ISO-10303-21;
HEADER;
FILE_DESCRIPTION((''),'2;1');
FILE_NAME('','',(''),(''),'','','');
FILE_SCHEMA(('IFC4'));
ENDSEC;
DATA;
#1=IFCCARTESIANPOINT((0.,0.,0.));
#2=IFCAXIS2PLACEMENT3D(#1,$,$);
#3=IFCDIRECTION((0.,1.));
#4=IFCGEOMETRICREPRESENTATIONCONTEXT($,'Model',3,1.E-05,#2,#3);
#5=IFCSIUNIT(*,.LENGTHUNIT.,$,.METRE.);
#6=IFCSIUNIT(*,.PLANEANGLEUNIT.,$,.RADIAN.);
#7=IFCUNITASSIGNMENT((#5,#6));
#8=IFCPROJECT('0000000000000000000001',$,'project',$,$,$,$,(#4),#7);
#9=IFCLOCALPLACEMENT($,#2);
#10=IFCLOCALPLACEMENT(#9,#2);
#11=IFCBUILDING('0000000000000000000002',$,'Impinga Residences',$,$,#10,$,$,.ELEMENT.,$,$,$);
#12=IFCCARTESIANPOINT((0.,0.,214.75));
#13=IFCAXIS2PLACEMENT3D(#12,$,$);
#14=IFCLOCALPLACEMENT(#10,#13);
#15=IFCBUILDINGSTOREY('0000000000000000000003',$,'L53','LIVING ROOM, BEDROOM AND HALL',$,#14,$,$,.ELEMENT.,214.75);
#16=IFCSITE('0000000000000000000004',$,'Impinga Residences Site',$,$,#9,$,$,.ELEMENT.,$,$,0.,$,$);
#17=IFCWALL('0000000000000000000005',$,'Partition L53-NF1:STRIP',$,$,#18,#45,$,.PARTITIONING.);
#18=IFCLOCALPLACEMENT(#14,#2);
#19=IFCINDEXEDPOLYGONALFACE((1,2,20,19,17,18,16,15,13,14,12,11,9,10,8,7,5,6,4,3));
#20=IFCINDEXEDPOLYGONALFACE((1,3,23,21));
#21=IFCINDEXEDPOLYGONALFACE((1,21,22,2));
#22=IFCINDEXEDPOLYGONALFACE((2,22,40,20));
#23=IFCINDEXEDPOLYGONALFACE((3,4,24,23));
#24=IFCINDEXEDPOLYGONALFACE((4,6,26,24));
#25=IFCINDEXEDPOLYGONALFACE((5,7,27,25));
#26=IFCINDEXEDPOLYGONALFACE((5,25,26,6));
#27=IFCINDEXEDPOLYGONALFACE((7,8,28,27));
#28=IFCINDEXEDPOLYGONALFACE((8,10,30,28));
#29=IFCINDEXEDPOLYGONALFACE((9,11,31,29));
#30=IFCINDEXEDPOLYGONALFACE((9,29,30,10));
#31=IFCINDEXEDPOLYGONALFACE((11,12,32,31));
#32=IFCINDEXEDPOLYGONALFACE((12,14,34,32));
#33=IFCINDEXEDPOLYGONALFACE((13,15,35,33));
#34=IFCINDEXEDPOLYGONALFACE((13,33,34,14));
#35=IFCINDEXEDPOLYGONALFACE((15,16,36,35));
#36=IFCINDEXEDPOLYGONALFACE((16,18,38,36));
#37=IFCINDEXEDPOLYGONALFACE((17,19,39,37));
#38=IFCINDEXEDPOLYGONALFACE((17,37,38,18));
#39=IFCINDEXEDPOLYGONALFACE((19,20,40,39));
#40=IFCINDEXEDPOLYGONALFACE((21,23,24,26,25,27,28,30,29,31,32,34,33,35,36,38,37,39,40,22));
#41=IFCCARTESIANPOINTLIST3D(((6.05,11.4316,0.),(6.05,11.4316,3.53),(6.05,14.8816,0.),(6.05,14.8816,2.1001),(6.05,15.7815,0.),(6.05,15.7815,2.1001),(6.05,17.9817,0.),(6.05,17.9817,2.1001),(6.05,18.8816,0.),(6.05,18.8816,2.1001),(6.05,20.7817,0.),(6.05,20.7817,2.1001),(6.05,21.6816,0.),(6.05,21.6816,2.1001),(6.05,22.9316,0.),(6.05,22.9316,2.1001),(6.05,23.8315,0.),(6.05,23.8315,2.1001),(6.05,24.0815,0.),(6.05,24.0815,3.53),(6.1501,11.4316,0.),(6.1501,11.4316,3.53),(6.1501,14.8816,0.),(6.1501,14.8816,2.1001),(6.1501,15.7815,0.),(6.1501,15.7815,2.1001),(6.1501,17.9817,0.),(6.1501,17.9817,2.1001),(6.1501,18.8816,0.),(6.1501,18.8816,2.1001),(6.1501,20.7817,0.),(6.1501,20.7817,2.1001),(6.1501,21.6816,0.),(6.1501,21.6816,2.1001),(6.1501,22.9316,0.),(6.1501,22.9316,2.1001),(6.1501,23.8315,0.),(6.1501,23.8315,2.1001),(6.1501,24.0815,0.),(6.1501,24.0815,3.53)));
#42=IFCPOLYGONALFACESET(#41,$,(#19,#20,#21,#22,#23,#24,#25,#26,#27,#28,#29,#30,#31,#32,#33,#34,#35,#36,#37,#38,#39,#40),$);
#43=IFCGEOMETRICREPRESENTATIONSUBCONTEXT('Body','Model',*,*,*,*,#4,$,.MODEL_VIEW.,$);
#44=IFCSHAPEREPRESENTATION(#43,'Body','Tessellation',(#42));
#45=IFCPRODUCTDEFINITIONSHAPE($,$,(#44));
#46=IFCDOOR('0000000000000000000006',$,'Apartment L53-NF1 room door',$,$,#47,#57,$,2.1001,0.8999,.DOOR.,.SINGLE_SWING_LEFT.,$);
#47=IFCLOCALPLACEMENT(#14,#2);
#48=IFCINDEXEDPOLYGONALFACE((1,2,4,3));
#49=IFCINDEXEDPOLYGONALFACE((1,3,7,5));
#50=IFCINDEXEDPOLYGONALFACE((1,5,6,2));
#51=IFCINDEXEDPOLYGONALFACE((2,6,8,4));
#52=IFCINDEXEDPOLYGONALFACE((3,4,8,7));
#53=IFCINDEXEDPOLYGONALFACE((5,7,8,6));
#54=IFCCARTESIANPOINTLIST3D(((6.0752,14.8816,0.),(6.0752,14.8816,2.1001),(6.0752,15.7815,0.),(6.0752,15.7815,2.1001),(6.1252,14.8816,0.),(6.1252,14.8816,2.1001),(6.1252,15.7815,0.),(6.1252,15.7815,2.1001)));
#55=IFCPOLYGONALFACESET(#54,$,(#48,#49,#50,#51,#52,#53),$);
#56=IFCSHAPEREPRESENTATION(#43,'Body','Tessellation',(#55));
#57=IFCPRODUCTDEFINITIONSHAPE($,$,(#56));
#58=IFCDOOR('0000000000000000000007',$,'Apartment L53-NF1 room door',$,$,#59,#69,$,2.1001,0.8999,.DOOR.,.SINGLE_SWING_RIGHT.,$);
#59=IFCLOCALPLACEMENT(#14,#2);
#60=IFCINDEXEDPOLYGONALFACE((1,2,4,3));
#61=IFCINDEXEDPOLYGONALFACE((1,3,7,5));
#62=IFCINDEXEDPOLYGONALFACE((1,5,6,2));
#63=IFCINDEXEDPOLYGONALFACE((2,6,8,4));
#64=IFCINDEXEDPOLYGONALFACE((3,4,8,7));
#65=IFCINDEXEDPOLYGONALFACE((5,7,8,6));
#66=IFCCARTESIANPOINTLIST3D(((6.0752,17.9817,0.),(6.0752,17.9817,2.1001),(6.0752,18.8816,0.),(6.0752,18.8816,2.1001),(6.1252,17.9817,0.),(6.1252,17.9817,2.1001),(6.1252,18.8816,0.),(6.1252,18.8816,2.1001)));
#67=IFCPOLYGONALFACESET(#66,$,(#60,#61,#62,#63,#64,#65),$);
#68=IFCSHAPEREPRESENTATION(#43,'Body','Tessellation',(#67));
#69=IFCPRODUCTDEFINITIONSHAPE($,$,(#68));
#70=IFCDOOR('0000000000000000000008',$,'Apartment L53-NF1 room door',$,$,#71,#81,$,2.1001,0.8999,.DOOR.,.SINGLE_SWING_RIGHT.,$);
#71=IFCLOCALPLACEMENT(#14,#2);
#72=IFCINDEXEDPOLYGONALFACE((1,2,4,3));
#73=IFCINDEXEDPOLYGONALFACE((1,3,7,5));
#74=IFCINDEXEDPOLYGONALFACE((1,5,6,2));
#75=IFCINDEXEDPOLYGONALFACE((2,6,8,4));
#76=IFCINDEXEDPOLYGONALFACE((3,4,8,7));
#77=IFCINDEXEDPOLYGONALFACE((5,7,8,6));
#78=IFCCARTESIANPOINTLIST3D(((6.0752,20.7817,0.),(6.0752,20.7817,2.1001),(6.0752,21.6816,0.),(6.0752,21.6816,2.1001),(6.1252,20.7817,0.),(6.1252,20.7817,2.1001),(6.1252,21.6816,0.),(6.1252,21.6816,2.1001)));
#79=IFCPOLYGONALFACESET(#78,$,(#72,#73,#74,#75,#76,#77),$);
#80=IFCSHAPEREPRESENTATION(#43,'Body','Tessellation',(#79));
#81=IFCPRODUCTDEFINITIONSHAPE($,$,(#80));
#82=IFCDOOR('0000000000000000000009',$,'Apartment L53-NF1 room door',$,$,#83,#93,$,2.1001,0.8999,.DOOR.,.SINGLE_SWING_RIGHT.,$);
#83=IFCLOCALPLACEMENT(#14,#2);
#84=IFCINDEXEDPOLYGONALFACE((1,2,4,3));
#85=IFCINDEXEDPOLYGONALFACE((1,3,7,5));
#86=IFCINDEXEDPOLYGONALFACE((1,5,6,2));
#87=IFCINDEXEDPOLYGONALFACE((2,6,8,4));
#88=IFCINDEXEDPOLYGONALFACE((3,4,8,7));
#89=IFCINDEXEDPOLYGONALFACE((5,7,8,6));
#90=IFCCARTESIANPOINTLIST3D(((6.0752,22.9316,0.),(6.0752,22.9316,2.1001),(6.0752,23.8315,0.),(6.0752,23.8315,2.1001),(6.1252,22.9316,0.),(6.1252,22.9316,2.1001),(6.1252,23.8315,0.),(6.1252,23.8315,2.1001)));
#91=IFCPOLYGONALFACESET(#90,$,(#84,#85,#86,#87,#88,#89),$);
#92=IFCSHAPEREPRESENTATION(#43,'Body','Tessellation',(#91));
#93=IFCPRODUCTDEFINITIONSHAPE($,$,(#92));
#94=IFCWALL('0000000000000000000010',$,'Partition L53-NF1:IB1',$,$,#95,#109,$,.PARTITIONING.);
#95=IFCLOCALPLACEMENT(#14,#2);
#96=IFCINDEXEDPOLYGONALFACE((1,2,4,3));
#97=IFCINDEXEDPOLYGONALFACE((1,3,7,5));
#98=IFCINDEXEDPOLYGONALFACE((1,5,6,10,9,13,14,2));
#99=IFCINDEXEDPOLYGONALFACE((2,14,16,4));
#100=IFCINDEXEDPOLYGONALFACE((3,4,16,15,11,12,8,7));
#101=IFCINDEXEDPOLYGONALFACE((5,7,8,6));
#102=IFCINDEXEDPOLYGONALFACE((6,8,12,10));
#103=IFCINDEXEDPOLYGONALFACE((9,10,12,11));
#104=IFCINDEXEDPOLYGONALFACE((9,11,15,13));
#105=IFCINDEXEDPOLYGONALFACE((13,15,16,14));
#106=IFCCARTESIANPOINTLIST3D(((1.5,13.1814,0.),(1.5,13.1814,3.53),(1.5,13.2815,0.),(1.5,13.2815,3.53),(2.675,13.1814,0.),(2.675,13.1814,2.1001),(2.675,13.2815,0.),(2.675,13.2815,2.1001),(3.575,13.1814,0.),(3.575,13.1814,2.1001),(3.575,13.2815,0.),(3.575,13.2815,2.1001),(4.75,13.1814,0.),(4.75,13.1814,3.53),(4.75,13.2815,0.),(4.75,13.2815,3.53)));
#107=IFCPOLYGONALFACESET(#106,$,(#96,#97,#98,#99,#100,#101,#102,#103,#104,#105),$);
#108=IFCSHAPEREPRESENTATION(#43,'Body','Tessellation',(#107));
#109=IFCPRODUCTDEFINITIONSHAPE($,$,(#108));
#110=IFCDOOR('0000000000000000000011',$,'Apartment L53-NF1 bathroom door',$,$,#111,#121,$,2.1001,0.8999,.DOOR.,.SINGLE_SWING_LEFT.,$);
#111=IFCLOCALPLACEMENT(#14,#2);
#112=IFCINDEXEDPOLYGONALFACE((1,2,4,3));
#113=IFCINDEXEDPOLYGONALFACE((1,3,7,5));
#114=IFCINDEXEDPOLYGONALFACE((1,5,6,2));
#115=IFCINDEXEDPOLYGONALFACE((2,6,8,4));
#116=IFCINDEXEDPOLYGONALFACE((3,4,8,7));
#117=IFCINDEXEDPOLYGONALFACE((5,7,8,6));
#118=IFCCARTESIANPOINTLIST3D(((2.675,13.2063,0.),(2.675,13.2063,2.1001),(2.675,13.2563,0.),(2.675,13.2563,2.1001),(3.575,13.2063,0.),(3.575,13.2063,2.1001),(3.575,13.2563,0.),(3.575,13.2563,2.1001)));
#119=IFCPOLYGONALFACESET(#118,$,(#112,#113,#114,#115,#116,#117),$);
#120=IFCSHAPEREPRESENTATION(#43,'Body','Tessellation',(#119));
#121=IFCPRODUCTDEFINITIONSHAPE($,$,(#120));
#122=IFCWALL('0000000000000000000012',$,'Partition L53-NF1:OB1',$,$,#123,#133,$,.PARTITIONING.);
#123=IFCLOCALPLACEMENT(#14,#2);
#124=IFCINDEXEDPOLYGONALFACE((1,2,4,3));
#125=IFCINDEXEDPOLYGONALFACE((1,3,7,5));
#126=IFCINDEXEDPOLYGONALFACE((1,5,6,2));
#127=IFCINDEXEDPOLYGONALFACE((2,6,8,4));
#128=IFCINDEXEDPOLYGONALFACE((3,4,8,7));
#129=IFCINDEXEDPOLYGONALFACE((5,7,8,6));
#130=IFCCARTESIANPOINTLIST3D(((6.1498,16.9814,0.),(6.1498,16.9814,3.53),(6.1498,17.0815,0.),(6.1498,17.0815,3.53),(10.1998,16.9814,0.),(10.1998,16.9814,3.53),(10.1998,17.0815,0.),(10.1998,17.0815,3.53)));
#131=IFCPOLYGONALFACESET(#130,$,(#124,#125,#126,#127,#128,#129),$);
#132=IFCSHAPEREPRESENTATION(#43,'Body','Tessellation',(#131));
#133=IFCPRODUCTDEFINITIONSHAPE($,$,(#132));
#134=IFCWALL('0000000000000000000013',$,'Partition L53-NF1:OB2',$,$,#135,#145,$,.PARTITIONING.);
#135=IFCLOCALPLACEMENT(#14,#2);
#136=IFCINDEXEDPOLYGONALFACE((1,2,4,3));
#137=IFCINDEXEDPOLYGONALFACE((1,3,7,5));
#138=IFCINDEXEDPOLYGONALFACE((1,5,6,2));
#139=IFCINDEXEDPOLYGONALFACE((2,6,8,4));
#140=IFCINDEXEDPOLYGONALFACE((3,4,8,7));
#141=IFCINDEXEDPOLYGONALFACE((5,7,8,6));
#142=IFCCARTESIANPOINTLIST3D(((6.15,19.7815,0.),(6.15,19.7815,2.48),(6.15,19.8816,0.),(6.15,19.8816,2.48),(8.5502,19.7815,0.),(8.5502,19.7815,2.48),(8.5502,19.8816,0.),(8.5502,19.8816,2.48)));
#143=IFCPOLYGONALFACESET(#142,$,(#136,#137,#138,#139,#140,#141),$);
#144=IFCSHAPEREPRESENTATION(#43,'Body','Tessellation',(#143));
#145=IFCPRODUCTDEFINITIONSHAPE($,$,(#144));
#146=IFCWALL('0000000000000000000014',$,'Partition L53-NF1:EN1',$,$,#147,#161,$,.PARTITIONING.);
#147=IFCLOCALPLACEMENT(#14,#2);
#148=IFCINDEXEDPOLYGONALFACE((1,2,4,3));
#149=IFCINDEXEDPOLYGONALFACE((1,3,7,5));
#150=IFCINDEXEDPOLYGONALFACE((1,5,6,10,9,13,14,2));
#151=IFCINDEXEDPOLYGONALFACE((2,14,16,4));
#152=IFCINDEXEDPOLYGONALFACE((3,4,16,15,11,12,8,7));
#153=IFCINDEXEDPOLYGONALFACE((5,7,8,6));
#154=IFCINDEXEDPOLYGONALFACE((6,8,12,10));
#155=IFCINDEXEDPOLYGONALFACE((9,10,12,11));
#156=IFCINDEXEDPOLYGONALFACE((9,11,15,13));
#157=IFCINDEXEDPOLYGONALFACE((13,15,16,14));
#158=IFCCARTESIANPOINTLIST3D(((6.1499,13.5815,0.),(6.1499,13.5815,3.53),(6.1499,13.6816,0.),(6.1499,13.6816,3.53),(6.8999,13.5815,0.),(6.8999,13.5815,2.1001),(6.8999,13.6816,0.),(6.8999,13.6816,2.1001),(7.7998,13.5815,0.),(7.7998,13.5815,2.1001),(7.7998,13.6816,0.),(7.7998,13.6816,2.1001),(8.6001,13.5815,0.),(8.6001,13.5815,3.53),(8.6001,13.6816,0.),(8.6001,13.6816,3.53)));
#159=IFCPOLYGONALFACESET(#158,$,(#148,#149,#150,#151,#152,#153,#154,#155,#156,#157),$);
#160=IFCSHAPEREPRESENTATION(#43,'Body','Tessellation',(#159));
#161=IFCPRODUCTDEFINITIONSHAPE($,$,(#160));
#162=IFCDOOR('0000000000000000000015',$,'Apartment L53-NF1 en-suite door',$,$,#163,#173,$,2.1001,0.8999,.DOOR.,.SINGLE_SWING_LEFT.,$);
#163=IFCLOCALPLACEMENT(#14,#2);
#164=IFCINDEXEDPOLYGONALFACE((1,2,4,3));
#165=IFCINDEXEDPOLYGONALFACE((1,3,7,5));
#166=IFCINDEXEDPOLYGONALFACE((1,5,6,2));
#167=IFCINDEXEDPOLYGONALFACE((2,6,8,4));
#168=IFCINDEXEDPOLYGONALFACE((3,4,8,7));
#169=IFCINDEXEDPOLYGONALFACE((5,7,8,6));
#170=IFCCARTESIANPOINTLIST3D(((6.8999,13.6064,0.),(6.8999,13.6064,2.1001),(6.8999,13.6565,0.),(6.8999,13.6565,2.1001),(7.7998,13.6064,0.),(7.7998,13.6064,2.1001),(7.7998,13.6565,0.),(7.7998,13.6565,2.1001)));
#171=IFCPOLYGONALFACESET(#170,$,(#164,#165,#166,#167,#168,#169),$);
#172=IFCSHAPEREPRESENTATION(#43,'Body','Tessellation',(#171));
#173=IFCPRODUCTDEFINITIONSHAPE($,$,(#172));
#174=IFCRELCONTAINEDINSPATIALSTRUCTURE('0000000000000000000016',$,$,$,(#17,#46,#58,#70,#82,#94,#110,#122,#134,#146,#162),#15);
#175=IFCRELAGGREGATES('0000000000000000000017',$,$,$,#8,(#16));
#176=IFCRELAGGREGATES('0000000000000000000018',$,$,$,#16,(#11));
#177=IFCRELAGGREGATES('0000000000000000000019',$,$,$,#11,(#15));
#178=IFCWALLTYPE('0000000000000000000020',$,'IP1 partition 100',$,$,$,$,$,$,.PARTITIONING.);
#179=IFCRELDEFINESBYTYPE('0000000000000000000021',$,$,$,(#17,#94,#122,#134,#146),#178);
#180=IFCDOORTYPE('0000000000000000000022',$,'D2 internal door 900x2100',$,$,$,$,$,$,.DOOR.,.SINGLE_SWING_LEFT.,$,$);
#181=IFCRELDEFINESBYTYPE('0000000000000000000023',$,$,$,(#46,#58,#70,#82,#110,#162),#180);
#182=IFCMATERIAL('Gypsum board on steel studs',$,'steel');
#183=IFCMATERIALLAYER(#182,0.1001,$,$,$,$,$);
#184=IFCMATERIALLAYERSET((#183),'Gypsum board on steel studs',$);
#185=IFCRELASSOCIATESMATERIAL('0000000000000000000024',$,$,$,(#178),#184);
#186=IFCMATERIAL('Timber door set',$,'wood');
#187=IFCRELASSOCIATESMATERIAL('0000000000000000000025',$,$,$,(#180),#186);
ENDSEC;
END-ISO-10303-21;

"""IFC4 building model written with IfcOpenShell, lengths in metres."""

from ifc_helpers import new_model, si_unit, direction, frame, frame_2d, origin, place, context, subcontext, project, spatial, rectangle, extrude, material, layer, layer_set, type_object, element, fill, save


model = new_model("IFC4")

# Units and contexts
model_context = context("Model", 3, precision=1e-05, world=origin(), true_north=direction((0.0, 1.0)))
body_context = subcontext(model_context, "Body", "Model", "MODEL_VIEW")
ifc_project = project(units=[si_unit("LENGTHUNIT", "METRE"), si_unit("PLANEANGLEUNIT", "RADIAN")], contexts=[model_context])

# Site, building, storey
site_placement = place(None, origin())
site = spatial("IfcSite", under=ifc_project, at=site_placement, Name="Impinga Residences Site", CompositionType="ELEMENT", RefElevation=0.0)
building_placement = place(site_placement, origin())
building = spatial("IfcBuilding", under=site, at=building_placement, Name="Impinga Residences", CompositionType="ELEMENT")
storey_placement = place(building_placement, frame((0.0, 0.0, 214.75)))
storey = spatial("IfcBuildingStorey", under=building, at=storey_placement, Name="L53", Description="LIVING ROOM, BEDROOM AND HALL", CompositionType="ELEMENT", Elevation=214.75)

# Shared definitions
ifc_material_1 = material(Name="Timber door set", Category="wood")

# Shared definitions
ifc_material_2 = material(Name="Gypsum board on steel studs", Category="steel")
ifc_layer_1 = layer(ifc_material_2, 0.1001)
ifc_layer_set_1 = layer_set([ifc_layer_1], Name="Gypsum board on steel studs")
wall_type_1 = type_object("IfcWallType", Name="IP1 partition 100", PredefinedType="PARTITIONING", material=ifc_layer_set_1)

# Wall, openings, doors
wall_1_placement = place(storey_placement, frame((6.1001, 11.4316, 0.0), z_axis=(0.0, 0.0, 1.0), x_axis=(0.0, 1.0, 0.0)))
wall_1 = element("IfcWall", 1, at=wall_1_placement, inside=storey, type_object=wall_type_1, Name="Partition L53-NF1:STRIP", PredefinedType="PARTITIONING", context=body_context, shape_type="SweptSolid", body=[
    extrude(rectangle(XDim=12.6499, YDim=0.1001, at=frame_2d((6.325, 0.0))), origin(), (0.0, 0.0, 1.0), 3.53),
])
opening_1_placement = place(wall_1_placement, frame((3.45, 0.0, 0.0)))
opening_1 = element("IfcOpeningElement", 2, at=opening_1_placement, cuts=wall_1, PredefinedType="OPENING", context=body_context, shape_type="SweptSolid", body=[
    extrude(rectangle(XDim=0.8999, YDim=2.1001, at=frame_2d((0.45, 1.05))), frame((0.0, 0.0601, 0.0), z_axis=(0.0, -1.0, 0.0), x_axis=(1.0, 0.0, 0.0)), (0.0, 0.0, 1.0), 0.1201),
])
opening_2_placement = place(wall_1_placement, frame((6.55, 0.0, 0.0)))
opening_2 = element("IfcOpeningElement", 3, at=opening_2_placement, cuts=wall_1, PredefinedType="OPENING", context=body_context, shape_type="SweptSolid", body=[
    extrude(rectangle(XDim=0.8999, YDim=2.1001, at=frame_2d((0.45, 1.05))), frame((0.0, 0.0601, 0.0), z_axis=(0.0, -1.0, 0.0), x_axis=(1.0, 0.0, 0.0)), (0.0, 0.0, 1.0), 0.1201),
])
opening_3_placement = place(wall_1_placement, frame((9.3501, 0.0, 0.0)))
opening_3 = element("IfcOpeningElement", 4, at=opening_3_placement, cuts=wall_1, PredefinedType="OPENING", context=body_context, shape_type="SweptSolid", body=[
    extrude(rectangle(XDim=0.8999, YDim=2.1001, at=frame_2d((0.45, 1.05))), frame((0.0, 0.0601, 0.0), z_axis=(0.0, -1.0, 0.0), x_axis=(1.0, 0.0, 0.0)), (0.0, 0.0, 1.0), 0.1201),
])
opening_4_placement = place(wall_1_placement, frame((11.5, 0.0, 0.0)))
opening_4 = element("IfcOpeningElement", 5, at=opening_4_placement, cuts=wall_1, PredefinedType="OPENING", context=body_context, shape_type="SweptSolid", body=[
    extrude(rectangle(XDim=0.8999, YDim=2.1001, at=frame_2d((0.45, 1.05))), frame((0.0, 0.0601, 0.0), z_axis=(0.0, -1.0, 0.0), x_axis=(1.0, 0.0, 0.0)), (0.0, 0.0, 1.0), 0.1201),
])
door_type_1 = type_object("IfcDoorType", Name="D2 internal door 900x2100", OperationType="SINGLE_SWING_LEFT", PredefinedType="DOOR", material=ifc_material_1)
door_1_placement = place(opening_1_placement, origin())
door_1 = element("IfcDoor", 6, at=door_1_placement, inside=storey, type_object=door_type_1, Name="Apartment L53-NF1 room door", OperationType="SINGLE_SWING_LEFT", OverallHeight=2.1001, OverallWidth=0.8999, PredefinedType="DOOR", context=body_context, shape_type="SweptSolid", body=[
    extrude(rectangle(XDim=0.8999, YDim=2.1001, at=frame_2d((0.45, 1.05))), frame((0.0, 0.0249, 0.0), z_axis=(0.0, -1.0, 0.0), x_axis=(1.0, 0.0, 0.0)), (0.0, 0.0, 1.0), 0.05),
])
fill(opening_1, door_1)
door_2_placement = place(opening_2_placement, origin())
door_2 = element("IfcDoor", 7, at=door_2_placement, inside=storey, type_object=door_type_1, Name="Apartment L53-NF1 room door", OperationType="SINGLE_SWING_RIGHT", OverallHeight=2.1001, OverallWidth=0.8999, PredefinedType="DOOR", context=body_context, shape_type="SweptSolid", body=[
    extrude(rectangle(XDim=0.8999, YDim=2.1001, at=frame_2d((0.45, 1.05))), frame((0.0, 0.0249, 0.0), z_axis=(0.0, -1.0, 0.0), x_axis=(1.0, 0.0, 0.0)), (0.0, 0.0, 1.0), 0.05),
])
fill(opening_2, door_2)
door_3_placement = place(opening_3_placement, origin())
door_3 = element("IfcDoor", 8, at=door_3_placement, inside=storey, type_object=door_type_1, Name="Apartment L53-NF1 room door", OperationType="SINGLE_SWING_RIGHT", OverallHeight=2.1001, OverallWidth=0.8999, PredefinedType="DOOR", context=body_context, shape_type="SweptSolid", body=[
    extrude(rectangle(XDim=0.8999, YDim=2.1001, at=frame_2d((0.45, 1.05))), frame((0.0, 0.0249, 0.0), z_axis=(0.0, -1.0, 0.0), x_axis=(1.0, 0.0, 0.0)), (0.0, 0.0, 1.0), 0.05),
])
fill(opening_3, door_3)
door_4_placement = place(opening_4_placement, origin())
door_4 = element("IfcDoor", 9, at=door_4_placement, inside=storey, type_object=door_type_1, Name="Apartment L53-NF1 room door", OperationType="SINGLE_SWING_RIGHT", OverallHeight=2.1001, OverallWidth=0.8999, PredefinedType="DOOR", context=body_context, shape_type="SweptSolid", body=[
    extrude(rectangle(XDim=0.8999, YDim=2.1001, at=frame_2d((0.45, 1.05))), frame((0.0, 0.0249, 0.0), z_axis=(0.0, -1.0, 0.0), x_axis=(1.0, 0.0, 0.0)), (0.0, 0.0, 1.0), 0.05),
])
fill(opening_4, door_4)

# Wall, opening, door
wall_2_placement = place(storey_placement, frame((1.5, 13.2314, 0.0), z_axis=(0.0, 0.0, 1.0), x_axis=(1.0, 0.0, 0.0)))
wall_2 = element("IfcWall", 10, at=wall_2_placement, inside=storey, type_object=wall_type_1, Name="Partition L53-NF1:IB1", PredefinedType="PARTITIONING", context=body_context, shape_type="SweptSolid", body=[
    extrude(rectangle(XDim=3.25, YDim=0.1001, at=frame_2d((1.625, 0.0))), origin(), (0.0, 0.0, 1.0), 3.53),
])
opening_5_placement = place(wall_2_placement, frame((1.175, 0.0, 0.0)))
opening_5 = element("IfcOpeningElement", 11, at=opening_5_placement, cuts=wall_2, PredefinedType="OPENING", context=body_context, shape_type="SweptSolid", body=[
    extrude(rectangle(XDim=0.8999, YDim=2.1001, at=frame_2d((0.45, 1.05))), frame((0.0, 0.0601, 0.0), z_axis=(0.0, -1.0, 0.0), x_axis=(1.0, 0.0, 0.0)), (0.0, 0.0, 1.0), 0.1201),
])
door_5_placement = place(opening_5_placement, origin())
door_5 = element("IfcDoor", 12, at=door_5_placement, inside=storey, type_object=door_type_1, Name="Apartment L53-NF1 bathroom door", OperationType="SINGLE_SWING_LEFT", OverallHeight=2.1001, OverallWidth=0.8999, PredefinedType="DOOR", context=body_context, shape_type="SweptSolid", body=[
    extrude(rectangle(XDim=0.8999, YDim=2.1001, at=frame_2d((0.45, 1.05))), frame((0.0, 0.0249, 0.0), z_axis=(0.0, -1.0, 0.0), x_axis=(1.0, 0.0, 0.0)), (0.0, 0.0, 1.0), 0.05),
])
fill(opening_5, door_5)

# Walls
wall_3_placement = place(storey_placement, frame((6.1499, 17.0315, 0.0), z_axis=(0.0, 0.0, 1.0), x_axis=(1.0, 0.0, 0.0)))
element("IfcWall", 13, at=wall_3_placement, inside=storey, type_object=wall_type_1, Name="Partition L53-NF1:OB1", PredefinedType="PARTITIONING", context=body_context, shape_type="SweptSolid", body=[
    extrude(rectangle(XDim=4.05, YDim=0.1001, at=frame_2d((2.0249, 0.0))), origin(), (0.0, 0.0, 1.0), 3.53),
])
wall_4_placement = place(storey_placement, frame((6.1499, 19.8315, 0.0), z_axis=(0.0, 0.0, 1.0), x_axis=(1.0, 0.0, 0.0)))
element("IfcWall", 14, at=wall_4_placement, inside=storey, type_object=wall_type_1, Name="Partition L53-NF1:OB2", PredefinedType="PARTITIONING", context=body_context, shape_type="SweptSolid", body=[
    extrude(rectangle(XDim=2.4001, YDim=0.1001, at=frame_2d((1.2002, 0.0))), origin(), (0.0, 0.0, 1.0), 2.48),
])

# Wall, opening, door
wall_5_placement = place(storey_placement, frame((6.1499, 13.6316, 0.0), z_axis=(0.0, 0.0, 1.0), x_axis=(1.0, 0.0, 0.0)))
wall_5 = element("IfcWall", 15, at=wall_5_placement, inside=storey, type_object=wall_type_1, Name="Partition L53-NF1:EN1", PredefinedType="PARTITIONING", context=body_context, shape_type="SweptSolid", body=[
    extrude(rectangle(XDim=2.4502, YDim=0.1001, at=frame_2d((1.2251, 0.0))), origin(), (0.0, 0.0, 1.0), 3.53),
])
opening_6_placement = place(wall_5_placement, frame((0.75, 0.0, 0.0)))
opening_6 = element("IfcOpeningElement", 16, at=opening_6_placement, cuts=wall_5, PredefinedType="OPENING", context=body_context, shape_type="SweptSolid", body=[
    extrude(rectangle(XDim=0.8999, YDim=2.1001, at=frame_2d((0.45, 1.05))), frame((0.0, 0.0601, 0.0), z_axis=(0.0, -1.0, 0.0), x_axis=(1.0, 0.0, 0.0)), (0.0, 0.0, 1.0), 0.1201),
])
door_6_placement = place(opening_6_placement, origin())
door_6 = element("IfcDoor", 17, at=door_6_placement, inside=storey, type_object=door_type_1, Name="Apartment L53-NF1 en-suite door", OperationType="SINGLE_SWING_LEFT", OverallHeight=2.1001, OverallWidth=0.8999, PredefinedType="DOOR", context=body_context, shape_type="SweptSolid", body=[
    extrude(rectangle(XDim=0.8999, YDim=2.1001, at=frame_2d((0.45, 1.05))), frame((0.0, 0.0249, 0.0), z_axis=(0.0, -1.0, 0.0), x_axis=(1.0, 0.0, 0.0)), (0.0, 0.0, 1.0), 0.05),
])
fill(opening_6, door_6)

save(model, "model.ifc")
